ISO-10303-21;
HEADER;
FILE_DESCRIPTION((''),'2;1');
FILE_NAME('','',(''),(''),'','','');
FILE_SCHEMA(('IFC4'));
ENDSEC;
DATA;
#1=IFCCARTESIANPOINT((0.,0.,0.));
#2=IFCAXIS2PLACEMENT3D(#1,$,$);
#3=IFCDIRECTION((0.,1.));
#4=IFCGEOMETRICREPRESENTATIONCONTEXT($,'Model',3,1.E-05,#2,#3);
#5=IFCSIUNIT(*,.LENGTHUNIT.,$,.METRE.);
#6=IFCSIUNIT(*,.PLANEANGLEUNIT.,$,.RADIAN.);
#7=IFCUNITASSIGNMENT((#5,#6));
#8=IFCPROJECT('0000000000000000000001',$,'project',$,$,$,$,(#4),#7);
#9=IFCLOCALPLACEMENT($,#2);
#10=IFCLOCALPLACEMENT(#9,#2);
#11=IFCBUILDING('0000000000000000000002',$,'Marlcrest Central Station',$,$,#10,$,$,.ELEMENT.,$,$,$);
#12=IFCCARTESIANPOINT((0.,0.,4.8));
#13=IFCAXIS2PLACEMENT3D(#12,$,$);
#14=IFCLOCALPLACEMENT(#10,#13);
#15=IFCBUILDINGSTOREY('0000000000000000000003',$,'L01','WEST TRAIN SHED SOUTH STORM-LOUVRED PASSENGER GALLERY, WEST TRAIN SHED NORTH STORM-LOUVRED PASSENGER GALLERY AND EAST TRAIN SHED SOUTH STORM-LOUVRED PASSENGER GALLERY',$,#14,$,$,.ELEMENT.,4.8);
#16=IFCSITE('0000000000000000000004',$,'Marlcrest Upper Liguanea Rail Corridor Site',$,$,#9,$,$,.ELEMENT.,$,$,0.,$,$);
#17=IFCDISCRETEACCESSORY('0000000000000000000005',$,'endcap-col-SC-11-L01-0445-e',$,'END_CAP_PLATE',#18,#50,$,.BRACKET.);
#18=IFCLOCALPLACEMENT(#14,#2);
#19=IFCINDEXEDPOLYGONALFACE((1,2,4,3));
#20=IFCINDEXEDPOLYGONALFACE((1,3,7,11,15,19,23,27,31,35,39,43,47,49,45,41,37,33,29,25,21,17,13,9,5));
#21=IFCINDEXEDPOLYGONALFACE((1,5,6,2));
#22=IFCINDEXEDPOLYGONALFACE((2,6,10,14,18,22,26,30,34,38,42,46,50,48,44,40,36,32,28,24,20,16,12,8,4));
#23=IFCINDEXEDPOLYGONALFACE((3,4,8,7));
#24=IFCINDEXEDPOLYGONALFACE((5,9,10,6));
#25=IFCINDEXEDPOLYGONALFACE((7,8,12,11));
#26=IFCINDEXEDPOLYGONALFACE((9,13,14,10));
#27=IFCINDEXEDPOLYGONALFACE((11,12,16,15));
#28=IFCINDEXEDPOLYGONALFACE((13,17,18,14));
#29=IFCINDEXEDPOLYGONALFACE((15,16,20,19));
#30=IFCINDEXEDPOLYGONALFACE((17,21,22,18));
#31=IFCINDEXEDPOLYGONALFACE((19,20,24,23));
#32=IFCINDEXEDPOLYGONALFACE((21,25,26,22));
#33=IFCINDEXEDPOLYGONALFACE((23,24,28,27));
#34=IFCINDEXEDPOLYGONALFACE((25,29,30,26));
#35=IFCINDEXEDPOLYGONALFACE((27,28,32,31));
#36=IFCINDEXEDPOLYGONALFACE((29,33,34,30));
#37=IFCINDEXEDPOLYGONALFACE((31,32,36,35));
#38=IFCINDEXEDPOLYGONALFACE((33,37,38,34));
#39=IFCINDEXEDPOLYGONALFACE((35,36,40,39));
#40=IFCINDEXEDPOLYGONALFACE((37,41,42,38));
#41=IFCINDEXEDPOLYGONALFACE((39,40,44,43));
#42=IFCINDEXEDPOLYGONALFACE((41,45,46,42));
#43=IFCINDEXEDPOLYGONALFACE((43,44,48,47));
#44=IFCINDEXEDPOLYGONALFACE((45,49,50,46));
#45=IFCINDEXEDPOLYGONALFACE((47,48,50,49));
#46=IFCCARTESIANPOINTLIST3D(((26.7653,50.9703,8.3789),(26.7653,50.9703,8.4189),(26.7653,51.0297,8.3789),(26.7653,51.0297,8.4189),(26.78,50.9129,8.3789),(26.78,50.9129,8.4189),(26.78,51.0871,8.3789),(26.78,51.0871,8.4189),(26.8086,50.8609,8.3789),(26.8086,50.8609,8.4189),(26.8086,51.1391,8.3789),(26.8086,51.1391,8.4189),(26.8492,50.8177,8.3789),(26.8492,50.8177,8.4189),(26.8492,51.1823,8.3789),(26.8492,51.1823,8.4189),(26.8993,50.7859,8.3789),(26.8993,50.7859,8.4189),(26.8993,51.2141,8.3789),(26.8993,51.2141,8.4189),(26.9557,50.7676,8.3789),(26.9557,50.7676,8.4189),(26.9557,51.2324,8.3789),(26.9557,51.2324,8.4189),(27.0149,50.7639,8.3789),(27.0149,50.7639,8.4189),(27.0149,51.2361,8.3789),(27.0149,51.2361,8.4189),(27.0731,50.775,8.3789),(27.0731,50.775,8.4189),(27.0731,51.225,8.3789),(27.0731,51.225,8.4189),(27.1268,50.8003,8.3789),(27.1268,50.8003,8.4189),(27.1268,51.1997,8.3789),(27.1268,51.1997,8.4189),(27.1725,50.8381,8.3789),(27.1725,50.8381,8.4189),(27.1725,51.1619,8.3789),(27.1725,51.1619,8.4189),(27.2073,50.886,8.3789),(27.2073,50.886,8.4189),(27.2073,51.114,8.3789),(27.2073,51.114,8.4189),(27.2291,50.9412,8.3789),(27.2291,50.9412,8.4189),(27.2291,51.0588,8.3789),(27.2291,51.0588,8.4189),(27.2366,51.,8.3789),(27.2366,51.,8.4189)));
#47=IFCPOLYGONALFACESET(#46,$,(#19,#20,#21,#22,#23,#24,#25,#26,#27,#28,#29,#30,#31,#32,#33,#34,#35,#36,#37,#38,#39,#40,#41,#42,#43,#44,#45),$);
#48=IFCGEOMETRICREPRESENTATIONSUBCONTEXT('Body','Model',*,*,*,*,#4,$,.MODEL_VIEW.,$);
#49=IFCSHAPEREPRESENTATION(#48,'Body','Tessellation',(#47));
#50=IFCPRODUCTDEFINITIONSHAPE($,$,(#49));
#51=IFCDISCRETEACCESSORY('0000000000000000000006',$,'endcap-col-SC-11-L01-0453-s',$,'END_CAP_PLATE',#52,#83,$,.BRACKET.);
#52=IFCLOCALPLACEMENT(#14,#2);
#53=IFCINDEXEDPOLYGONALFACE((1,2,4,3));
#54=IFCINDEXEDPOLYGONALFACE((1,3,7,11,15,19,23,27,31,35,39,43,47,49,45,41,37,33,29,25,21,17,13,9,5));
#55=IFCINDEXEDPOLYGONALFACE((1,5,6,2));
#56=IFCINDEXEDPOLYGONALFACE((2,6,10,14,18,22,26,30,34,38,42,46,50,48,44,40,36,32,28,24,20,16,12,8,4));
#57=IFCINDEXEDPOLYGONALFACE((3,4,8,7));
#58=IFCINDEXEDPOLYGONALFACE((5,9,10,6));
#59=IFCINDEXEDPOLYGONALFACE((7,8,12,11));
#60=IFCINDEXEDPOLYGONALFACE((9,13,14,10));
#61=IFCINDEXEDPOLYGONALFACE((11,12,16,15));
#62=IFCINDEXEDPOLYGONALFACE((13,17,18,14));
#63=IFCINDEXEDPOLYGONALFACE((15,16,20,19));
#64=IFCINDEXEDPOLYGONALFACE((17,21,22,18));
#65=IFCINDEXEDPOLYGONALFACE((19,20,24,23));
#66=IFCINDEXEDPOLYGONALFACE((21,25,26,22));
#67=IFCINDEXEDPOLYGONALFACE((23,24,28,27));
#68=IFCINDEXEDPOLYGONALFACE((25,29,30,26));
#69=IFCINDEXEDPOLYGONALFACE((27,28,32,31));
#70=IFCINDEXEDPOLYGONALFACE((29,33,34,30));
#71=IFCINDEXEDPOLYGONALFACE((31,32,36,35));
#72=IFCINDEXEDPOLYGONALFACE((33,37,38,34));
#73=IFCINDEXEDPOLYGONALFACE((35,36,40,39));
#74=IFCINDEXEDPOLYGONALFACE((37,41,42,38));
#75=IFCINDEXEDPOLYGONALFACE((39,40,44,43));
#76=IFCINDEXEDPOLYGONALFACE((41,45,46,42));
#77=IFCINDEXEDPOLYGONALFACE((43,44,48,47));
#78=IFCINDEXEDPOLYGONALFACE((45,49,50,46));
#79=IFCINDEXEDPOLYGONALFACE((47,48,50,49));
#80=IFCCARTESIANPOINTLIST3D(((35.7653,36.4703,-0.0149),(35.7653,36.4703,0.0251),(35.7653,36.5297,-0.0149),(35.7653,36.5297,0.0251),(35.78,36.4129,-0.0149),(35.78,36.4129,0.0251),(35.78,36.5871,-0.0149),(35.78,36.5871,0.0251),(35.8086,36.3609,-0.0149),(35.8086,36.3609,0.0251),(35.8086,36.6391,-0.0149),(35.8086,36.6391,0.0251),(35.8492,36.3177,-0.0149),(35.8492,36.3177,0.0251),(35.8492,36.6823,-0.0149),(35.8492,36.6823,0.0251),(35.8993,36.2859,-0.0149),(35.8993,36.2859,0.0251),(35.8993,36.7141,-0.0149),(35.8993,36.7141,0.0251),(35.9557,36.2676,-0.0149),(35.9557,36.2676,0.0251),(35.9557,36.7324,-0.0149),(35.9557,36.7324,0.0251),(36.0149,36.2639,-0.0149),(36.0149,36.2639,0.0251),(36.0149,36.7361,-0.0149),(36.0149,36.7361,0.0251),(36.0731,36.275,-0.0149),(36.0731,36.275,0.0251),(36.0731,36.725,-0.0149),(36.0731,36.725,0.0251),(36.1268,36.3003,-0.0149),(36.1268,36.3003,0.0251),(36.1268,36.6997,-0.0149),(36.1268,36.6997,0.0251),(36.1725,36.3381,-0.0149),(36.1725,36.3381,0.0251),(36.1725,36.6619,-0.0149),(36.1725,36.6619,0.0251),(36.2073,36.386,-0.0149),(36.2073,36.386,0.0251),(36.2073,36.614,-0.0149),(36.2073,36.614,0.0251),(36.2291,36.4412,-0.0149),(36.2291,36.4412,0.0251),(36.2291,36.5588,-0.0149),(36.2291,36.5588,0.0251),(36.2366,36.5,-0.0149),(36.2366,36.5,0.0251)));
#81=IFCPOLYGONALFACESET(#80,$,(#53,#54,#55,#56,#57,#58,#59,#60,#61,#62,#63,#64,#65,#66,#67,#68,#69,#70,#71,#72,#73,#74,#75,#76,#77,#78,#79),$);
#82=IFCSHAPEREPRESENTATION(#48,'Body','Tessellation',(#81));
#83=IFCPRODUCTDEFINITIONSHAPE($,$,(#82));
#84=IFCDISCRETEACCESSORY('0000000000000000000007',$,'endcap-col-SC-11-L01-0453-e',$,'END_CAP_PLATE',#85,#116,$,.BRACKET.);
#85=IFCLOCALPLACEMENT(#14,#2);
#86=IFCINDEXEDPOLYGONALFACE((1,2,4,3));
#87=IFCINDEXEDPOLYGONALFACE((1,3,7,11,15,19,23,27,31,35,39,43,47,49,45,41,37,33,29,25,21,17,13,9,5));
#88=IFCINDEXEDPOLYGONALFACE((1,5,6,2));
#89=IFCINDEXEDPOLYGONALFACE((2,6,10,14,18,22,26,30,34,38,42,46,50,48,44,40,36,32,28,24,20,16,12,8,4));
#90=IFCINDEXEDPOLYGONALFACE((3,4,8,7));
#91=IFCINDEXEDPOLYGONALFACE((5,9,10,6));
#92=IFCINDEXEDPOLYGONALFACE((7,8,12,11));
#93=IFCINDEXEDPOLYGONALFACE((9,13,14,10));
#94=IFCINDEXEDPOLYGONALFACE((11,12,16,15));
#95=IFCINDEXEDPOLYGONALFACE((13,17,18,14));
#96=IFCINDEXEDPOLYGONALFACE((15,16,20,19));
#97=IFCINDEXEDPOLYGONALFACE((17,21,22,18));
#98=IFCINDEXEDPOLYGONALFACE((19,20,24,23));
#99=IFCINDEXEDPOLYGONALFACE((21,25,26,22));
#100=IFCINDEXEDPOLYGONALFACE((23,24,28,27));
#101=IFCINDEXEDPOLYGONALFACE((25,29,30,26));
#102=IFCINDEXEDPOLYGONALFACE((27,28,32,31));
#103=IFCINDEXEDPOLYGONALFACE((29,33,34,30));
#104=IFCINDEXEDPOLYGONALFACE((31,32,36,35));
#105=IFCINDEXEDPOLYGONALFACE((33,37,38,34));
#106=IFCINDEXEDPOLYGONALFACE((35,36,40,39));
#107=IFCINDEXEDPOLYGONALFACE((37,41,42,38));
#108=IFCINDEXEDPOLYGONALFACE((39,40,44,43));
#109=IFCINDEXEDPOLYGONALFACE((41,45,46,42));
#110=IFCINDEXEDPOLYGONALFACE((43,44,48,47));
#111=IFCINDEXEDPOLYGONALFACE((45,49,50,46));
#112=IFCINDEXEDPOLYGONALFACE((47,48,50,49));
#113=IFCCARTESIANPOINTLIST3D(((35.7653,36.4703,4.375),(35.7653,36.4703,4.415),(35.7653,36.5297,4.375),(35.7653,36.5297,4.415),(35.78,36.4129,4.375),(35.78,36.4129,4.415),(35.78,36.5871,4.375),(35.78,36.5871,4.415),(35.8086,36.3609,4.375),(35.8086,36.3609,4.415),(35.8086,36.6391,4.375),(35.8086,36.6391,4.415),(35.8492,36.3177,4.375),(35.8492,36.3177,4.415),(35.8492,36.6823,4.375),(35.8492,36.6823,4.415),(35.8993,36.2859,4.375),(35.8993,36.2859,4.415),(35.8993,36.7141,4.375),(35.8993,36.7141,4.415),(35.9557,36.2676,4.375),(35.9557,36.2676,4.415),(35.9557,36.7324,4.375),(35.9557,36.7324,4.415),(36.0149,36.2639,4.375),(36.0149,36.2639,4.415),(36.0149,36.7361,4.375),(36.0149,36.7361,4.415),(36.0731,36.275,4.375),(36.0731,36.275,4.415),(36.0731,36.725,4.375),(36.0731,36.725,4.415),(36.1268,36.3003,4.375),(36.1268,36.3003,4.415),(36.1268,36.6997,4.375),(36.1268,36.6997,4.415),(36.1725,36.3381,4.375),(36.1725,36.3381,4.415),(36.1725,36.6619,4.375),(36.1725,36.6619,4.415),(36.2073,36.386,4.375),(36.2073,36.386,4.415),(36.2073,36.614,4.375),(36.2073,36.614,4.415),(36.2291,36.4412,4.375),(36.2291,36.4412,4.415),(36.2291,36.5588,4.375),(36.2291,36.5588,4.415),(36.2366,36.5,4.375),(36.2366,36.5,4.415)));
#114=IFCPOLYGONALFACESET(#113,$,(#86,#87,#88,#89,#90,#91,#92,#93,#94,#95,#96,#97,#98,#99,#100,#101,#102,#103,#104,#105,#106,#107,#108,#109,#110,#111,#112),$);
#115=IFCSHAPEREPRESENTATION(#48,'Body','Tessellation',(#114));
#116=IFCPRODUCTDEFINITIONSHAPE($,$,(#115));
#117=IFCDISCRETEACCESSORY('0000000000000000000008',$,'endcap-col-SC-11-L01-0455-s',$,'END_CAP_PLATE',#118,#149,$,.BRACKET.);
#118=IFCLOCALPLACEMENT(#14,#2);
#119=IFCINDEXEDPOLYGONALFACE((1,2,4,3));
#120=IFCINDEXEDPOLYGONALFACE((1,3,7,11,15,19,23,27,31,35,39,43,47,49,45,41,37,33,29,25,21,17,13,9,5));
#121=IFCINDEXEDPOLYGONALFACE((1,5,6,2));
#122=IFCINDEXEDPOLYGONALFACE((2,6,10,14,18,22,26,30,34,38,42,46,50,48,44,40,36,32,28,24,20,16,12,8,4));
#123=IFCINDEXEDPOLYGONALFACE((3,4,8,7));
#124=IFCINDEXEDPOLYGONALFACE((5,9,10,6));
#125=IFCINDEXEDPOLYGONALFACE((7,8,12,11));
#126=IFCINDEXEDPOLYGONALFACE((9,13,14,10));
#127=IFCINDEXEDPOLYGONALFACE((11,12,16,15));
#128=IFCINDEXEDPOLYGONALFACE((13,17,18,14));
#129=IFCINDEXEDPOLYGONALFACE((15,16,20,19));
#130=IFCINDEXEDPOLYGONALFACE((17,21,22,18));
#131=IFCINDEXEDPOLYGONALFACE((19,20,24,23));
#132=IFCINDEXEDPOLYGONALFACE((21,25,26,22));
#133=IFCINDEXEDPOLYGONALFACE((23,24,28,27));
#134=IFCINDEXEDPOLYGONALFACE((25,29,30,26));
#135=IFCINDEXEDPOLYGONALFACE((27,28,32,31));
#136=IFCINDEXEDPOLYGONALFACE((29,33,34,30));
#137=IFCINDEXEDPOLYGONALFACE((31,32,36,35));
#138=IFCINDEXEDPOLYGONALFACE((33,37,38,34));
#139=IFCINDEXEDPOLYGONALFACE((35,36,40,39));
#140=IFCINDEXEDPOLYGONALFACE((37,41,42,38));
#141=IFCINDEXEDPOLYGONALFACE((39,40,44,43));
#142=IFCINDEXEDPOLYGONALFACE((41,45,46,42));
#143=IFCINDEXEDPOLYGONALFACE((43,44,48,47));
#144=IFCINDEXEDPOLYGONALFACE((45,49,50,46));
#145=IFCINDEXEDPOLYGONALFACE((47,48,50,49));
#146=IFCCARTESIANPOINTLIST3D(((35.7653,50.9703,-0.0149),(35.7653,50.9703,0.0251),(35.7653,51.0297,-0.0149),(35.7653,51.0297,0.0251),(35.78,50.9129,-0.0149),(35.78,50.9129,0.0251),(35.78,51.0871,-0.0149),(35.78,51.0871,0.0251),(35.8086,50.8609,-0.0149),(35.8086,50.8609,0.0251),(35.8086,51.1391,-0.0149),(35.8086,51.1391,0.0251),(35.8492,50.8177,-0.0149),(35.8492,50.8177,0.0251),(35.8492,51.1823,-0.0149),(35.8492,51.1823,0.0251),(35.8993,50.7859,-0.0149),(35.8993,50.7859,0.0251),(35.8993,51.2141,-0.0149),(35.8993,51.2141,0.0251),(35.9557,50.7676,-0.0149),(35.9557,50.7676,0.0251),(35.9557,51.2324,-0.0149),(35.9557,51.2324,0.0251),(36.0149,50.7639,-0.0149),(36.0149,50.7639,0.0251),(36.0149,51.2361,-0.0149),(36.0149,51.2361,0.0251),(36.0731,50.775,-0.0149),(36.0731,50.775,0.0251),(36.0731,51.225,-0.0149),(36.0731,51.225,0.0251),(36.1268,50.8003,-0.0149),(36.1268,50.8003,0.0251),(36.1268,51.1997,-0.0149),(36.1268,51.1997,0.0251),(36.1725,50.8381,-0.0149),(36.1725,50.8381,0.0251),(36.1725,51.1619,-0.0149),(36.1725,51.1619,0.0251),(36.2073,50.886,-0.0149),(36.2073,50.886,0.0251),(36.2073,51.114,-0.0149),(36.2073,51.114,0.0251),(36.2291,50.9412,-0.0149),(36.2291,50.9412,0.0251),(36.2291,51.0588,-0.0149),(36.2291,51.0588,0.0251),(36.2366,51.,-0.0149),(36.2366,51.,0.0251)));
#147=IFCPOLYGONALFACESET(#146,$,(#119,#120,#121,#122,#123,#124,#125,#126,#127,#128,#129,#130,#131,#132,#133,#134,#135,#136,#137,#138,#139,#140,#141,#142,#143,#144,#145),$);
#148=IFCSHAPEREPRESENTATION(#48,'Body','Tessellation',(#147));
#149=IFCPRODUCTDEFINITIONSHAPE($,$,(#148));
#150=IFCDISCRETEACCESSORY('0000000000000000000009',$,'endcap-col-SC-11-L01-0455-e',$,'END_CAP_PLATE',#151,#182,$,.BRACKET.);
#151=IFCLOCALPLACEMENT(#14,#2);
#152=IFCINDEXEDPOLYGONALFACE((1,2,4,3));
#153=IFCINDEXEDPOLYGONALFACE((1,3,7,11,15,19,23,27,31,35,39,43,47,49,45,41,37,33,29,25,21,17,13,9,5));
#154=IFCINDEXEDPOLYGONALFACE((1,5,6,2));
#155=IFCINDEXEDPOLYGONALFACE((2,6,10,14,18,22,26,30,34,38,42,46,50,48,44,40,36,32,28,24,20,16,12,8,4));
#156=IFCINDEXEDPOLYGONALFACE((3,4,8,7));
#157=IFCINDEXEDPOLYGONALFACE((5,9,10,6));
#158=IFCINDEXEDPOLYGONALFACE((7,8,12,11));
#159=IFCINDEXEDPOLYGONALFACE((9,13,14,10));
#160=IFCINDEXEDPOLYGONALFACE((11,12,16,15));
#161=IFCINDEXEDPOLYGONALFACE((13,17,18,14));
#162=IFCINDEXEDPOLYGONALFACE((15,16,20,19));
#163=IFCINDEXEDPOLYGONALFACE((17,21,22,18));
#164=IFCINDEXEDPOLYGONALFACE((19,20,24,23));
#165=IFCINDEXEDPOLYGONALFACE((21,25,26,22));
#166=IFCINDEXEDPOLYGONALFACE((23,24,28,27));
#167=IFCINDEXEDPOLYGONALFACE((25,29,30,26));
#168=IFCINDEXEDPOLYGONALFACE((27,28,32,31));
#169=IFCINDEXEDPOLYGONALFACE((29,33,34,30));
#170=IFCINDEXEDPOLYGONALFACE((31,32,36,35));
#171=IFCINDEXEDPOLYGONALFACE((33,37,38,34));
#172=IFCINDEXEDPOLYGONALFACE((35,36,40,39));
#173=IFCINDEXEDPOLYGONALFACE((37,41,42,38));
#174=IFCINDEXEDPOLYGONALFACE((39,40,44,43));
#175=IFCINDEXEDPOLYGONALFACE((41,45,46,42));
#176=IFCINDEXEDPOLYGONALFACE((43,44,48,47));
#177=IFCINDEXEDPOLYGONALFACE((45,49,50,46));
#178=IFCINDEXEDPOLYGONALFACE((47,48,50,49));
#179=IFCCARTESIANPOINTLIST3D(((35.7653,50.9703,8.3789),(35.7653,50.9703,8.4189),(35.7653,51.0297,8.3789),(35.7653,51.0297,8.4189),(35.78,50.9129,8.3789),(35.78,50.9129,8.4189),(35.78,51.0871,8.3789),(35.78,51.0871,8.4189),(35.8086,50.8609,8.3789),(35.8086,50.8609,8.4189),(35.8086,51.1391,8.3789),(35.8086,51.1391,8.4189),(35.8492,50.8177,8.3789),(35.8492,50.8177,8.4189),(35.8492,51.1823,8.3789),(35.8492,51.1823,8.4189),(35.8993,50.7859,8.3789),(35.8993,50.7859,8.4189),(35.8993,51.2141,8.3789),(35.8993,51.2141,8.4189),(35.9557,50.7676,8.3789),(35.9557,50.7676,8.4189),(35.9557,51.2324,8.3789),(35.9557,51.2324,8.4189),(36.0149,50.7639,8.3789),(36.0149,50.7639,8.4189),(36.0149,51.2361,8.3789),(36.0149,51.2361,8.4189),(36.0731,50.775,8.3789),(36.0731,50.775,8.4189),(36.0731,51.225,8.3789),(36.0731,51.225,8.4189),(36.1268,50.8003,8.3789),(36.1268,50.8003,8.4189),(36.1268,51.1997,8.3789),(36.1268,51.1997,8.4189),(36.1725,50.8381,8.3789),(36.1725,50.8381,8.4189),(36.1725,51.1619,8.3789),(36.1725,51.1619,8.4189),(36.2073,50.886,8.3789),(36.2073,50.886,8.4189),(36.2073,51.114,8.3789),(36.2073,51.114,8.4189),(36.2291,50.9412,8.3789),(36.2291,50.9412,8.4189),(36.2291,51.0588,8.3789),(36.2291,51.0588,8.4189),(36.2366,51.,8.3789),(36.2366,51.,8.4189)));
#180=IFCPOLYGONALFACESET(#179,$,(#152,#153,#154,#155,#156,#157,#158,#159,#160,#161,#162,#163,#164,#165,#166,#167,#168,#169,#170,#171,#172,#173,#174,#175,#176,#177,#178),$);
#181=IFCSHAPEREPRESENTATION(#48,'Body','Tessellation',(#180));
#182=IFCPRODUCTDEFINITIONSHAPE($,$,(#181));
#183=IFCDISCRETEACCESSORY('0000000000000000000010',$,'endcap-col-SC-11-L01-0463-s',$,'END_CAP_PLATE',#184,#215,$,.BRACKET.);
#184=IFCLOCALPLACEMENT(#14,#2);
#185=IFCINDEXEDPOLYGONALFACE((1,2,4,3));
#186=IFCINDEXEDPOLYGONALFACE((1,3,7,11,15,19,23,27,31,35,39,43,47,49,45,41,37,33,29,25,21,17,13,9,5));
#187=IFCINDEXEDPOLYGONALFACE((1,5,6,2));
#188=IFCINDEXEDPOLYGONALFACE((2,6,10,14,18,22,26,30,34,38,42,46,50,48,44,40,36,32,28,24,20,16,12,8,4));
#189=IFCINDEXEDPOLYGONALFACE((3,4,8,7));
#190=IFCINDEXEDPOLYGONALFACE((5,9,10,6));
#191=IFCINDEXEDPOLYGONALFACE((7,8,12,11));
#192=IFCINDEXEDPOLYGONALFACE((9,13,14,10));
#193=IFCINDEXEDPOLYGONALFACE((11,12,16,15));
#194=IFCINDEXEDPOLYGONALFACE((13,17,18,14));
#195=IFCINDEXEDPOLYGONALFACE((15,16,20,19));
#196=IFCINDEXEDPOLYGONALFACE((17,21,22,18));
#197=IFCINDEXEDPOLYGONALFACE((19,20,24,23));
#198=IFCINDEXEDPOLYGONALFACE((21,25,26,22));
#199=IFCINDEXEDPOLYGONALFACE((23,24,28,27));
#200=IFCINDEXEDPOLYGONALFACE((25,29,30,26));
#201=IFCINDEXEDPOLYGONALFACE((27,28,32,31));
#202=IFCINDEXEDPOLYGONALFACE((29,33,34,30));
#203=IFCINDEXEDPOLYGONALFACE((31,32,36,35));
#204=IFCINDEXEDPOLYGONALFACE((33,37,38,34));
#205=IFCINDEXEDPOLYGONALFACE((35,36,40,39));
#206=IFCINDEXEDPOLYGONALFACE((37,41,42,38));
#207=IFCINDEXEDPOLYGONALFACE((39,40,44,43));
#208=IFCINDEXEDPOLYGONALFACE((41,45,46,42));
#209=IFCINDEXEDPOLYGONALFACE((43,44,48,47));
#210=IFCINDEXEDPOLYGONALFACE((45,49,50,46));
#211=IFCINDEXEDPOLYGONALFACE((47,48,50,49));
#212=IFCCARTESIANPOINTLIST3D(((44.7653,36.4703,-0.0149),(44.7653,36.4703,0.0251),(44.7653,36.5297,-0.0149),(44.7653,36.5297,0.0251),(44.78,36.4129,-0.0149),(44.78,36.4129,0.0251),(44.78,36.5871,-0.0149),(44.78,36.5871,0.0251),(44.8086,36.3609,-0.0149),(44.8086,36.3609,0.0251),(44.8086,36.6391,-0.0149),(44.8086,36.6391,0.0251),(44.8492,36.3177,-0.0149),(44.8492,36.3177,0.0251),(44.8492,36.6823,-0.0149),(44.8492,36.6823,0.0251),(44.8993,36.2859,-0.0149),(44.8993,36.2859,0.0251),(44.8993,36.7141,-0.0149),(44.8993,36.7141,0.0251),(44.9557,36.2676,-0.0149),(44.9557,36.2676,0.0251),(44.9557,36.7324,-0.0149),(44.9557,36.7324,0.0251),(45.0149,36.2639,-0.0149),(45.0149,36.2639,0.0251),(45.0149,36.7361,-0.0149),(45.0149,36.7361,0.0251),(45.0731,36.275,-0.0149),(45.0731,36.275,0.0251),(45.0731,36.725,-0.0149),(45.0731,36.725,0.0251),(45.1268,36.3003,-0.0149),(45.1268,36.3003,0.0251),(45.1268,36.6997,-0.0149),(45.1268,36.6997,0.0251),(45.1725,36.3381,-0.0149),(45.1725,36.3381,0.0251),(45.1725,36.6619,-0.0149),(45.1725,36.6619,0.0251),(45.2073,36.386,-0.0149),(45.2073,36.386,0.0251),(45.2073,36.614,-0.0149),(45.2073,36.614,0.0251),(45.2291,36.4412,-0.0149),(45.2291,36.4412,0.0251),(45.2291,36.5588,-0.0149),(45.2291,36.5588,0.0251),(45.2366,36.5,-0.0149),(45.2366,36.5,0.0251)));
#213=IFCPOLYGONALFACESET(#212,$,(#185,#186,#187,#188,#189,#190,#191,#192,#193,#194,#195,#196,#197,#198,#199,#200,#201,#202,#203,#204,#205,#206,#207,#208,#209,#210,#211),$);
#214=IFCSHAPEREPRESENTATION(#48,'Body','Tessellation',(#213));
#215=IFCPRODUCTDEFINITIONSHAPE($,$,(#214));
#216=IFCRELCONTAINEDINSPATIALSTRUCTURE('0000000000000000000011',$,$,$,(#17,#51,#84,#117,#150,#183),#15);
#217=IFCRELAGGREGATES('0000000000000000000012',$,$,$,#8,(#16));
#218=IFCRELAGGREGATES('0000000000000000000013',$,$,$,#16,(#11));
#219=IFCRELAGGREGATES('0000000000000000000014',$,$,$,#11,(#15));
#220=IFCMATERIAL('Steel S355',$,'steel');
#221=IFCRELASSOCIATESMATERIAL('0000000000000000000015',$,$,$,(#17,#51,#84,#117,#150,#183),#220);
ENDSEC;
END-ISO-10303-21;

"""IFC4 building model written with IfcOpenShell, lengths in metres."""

from ifc_helpers import new_model, si_unit, direction, frame, origin, origin_2d, place, context, subcontext, project, spatial, circle, extrude, material, element, save


model = new_model("IFC4")

# Units and contexts
model_context = context("Model", 3, precision=1e-05, world=origin(), true_north=direction((0.0, 1.0)))
body_context = subcontext(model_context, "Body", "Model", "MODEL_VIEW")
ifc_project = project(units=[si_unit("LENGTHUNIT", "METRE"), si_unit("PLANEANGLEUNIT", "RADIAN")], contexts=[model_context])

# Site, building, storey
site_placement = place(None, origin())
site = spatial("IfcSite", under=ifc_project, at=site_placement, Name="Marlcrest Upper Liguanea Rail Corridor Site", CompositionType="ELEMENT", RefElevation=0.0)
building_placement = place(site_placement, origin())
building = spatial("IfcBuilding", under=site, at=building_placement, Name="Marlcrest Central Station", CompositionType="ELEMENT")
storey_placement = place(building_placement, frame((0.0, 0.0, 4.8)))
storey = spatial("IfcBuildingStorey", under=building, at=storey_placement, Name="L01", Description="WEST TRAIN SHED SOUTH STORM-LOUVRED PASSENGER GALLERY, WEST TRAIN SHED NORTH STORM-LOUVRED PASSENGER GALLERY AND EAST TRAIN SHED SOUTH STORM-LOUVRED PASSENGER GALLERY", CompositionType="ELEMENT", Elevation=4.8)

# Shared definitions
ifc_material_1 = material(Name="Steel S355", Category="steel")

# Discrete accessories
for number, where, z_axis, x_axis, name in (
    (1, (27.0, 51.0, 8.3789), (0.0, 0.0, 1.0), (1.0, 0.0, 0.0), "endcap-col-SC-11-L01-0445-e"),
    (2, (36.0, 36.5, -0.0149), (0.0, 0.0, 1.0), (1.0, 0.0, 0.0), "endcap-col-SC-11-L01-0453-s"),
    (3, (36.0, 36.5, 4.375), (0.0, 0.0, 1.0), (1.0, 0.0, 0.0), "endcap-col-SC-11-L01-0453-e"),
    (4, (36.0, 51.0, -0.0149), (0.0, 0.0, 1.0), (1.0, 0.0, 0.0), "endcap-col-SC-11-L01-0455-s"),
    (5, (36.0, 51.0, 8.3789), (0.0, 0.0, 1.0), (1.0, 0.0, 0.0), "endcap-col-SC-11-L01-0455-e"),
    (6, (45.0, 36.5, -0.0149), (0.0, 0.0, 1.0), (1.0, 0.0, 0.0), "endcap-col-SC-11-L01-0463-s"),
):
    element("IfcDiscreteAccessory", number, at=place(storey_placement, frame(where, z_axis=z_axis, x_axis=x_axis)), inside=storey, material=ifc_material_1, Name=name, ObjectType="END_CAP_PLATE", PredefinedType="BRACKET", context=body_context, shape_type="SweptSolid", body=[
        extrude(circle(Radius=0.2366, at=origin_2d()), origin(), (0.0, 0.0, 1.0), 0.04),
    ])

save(model, "model.ifc")
